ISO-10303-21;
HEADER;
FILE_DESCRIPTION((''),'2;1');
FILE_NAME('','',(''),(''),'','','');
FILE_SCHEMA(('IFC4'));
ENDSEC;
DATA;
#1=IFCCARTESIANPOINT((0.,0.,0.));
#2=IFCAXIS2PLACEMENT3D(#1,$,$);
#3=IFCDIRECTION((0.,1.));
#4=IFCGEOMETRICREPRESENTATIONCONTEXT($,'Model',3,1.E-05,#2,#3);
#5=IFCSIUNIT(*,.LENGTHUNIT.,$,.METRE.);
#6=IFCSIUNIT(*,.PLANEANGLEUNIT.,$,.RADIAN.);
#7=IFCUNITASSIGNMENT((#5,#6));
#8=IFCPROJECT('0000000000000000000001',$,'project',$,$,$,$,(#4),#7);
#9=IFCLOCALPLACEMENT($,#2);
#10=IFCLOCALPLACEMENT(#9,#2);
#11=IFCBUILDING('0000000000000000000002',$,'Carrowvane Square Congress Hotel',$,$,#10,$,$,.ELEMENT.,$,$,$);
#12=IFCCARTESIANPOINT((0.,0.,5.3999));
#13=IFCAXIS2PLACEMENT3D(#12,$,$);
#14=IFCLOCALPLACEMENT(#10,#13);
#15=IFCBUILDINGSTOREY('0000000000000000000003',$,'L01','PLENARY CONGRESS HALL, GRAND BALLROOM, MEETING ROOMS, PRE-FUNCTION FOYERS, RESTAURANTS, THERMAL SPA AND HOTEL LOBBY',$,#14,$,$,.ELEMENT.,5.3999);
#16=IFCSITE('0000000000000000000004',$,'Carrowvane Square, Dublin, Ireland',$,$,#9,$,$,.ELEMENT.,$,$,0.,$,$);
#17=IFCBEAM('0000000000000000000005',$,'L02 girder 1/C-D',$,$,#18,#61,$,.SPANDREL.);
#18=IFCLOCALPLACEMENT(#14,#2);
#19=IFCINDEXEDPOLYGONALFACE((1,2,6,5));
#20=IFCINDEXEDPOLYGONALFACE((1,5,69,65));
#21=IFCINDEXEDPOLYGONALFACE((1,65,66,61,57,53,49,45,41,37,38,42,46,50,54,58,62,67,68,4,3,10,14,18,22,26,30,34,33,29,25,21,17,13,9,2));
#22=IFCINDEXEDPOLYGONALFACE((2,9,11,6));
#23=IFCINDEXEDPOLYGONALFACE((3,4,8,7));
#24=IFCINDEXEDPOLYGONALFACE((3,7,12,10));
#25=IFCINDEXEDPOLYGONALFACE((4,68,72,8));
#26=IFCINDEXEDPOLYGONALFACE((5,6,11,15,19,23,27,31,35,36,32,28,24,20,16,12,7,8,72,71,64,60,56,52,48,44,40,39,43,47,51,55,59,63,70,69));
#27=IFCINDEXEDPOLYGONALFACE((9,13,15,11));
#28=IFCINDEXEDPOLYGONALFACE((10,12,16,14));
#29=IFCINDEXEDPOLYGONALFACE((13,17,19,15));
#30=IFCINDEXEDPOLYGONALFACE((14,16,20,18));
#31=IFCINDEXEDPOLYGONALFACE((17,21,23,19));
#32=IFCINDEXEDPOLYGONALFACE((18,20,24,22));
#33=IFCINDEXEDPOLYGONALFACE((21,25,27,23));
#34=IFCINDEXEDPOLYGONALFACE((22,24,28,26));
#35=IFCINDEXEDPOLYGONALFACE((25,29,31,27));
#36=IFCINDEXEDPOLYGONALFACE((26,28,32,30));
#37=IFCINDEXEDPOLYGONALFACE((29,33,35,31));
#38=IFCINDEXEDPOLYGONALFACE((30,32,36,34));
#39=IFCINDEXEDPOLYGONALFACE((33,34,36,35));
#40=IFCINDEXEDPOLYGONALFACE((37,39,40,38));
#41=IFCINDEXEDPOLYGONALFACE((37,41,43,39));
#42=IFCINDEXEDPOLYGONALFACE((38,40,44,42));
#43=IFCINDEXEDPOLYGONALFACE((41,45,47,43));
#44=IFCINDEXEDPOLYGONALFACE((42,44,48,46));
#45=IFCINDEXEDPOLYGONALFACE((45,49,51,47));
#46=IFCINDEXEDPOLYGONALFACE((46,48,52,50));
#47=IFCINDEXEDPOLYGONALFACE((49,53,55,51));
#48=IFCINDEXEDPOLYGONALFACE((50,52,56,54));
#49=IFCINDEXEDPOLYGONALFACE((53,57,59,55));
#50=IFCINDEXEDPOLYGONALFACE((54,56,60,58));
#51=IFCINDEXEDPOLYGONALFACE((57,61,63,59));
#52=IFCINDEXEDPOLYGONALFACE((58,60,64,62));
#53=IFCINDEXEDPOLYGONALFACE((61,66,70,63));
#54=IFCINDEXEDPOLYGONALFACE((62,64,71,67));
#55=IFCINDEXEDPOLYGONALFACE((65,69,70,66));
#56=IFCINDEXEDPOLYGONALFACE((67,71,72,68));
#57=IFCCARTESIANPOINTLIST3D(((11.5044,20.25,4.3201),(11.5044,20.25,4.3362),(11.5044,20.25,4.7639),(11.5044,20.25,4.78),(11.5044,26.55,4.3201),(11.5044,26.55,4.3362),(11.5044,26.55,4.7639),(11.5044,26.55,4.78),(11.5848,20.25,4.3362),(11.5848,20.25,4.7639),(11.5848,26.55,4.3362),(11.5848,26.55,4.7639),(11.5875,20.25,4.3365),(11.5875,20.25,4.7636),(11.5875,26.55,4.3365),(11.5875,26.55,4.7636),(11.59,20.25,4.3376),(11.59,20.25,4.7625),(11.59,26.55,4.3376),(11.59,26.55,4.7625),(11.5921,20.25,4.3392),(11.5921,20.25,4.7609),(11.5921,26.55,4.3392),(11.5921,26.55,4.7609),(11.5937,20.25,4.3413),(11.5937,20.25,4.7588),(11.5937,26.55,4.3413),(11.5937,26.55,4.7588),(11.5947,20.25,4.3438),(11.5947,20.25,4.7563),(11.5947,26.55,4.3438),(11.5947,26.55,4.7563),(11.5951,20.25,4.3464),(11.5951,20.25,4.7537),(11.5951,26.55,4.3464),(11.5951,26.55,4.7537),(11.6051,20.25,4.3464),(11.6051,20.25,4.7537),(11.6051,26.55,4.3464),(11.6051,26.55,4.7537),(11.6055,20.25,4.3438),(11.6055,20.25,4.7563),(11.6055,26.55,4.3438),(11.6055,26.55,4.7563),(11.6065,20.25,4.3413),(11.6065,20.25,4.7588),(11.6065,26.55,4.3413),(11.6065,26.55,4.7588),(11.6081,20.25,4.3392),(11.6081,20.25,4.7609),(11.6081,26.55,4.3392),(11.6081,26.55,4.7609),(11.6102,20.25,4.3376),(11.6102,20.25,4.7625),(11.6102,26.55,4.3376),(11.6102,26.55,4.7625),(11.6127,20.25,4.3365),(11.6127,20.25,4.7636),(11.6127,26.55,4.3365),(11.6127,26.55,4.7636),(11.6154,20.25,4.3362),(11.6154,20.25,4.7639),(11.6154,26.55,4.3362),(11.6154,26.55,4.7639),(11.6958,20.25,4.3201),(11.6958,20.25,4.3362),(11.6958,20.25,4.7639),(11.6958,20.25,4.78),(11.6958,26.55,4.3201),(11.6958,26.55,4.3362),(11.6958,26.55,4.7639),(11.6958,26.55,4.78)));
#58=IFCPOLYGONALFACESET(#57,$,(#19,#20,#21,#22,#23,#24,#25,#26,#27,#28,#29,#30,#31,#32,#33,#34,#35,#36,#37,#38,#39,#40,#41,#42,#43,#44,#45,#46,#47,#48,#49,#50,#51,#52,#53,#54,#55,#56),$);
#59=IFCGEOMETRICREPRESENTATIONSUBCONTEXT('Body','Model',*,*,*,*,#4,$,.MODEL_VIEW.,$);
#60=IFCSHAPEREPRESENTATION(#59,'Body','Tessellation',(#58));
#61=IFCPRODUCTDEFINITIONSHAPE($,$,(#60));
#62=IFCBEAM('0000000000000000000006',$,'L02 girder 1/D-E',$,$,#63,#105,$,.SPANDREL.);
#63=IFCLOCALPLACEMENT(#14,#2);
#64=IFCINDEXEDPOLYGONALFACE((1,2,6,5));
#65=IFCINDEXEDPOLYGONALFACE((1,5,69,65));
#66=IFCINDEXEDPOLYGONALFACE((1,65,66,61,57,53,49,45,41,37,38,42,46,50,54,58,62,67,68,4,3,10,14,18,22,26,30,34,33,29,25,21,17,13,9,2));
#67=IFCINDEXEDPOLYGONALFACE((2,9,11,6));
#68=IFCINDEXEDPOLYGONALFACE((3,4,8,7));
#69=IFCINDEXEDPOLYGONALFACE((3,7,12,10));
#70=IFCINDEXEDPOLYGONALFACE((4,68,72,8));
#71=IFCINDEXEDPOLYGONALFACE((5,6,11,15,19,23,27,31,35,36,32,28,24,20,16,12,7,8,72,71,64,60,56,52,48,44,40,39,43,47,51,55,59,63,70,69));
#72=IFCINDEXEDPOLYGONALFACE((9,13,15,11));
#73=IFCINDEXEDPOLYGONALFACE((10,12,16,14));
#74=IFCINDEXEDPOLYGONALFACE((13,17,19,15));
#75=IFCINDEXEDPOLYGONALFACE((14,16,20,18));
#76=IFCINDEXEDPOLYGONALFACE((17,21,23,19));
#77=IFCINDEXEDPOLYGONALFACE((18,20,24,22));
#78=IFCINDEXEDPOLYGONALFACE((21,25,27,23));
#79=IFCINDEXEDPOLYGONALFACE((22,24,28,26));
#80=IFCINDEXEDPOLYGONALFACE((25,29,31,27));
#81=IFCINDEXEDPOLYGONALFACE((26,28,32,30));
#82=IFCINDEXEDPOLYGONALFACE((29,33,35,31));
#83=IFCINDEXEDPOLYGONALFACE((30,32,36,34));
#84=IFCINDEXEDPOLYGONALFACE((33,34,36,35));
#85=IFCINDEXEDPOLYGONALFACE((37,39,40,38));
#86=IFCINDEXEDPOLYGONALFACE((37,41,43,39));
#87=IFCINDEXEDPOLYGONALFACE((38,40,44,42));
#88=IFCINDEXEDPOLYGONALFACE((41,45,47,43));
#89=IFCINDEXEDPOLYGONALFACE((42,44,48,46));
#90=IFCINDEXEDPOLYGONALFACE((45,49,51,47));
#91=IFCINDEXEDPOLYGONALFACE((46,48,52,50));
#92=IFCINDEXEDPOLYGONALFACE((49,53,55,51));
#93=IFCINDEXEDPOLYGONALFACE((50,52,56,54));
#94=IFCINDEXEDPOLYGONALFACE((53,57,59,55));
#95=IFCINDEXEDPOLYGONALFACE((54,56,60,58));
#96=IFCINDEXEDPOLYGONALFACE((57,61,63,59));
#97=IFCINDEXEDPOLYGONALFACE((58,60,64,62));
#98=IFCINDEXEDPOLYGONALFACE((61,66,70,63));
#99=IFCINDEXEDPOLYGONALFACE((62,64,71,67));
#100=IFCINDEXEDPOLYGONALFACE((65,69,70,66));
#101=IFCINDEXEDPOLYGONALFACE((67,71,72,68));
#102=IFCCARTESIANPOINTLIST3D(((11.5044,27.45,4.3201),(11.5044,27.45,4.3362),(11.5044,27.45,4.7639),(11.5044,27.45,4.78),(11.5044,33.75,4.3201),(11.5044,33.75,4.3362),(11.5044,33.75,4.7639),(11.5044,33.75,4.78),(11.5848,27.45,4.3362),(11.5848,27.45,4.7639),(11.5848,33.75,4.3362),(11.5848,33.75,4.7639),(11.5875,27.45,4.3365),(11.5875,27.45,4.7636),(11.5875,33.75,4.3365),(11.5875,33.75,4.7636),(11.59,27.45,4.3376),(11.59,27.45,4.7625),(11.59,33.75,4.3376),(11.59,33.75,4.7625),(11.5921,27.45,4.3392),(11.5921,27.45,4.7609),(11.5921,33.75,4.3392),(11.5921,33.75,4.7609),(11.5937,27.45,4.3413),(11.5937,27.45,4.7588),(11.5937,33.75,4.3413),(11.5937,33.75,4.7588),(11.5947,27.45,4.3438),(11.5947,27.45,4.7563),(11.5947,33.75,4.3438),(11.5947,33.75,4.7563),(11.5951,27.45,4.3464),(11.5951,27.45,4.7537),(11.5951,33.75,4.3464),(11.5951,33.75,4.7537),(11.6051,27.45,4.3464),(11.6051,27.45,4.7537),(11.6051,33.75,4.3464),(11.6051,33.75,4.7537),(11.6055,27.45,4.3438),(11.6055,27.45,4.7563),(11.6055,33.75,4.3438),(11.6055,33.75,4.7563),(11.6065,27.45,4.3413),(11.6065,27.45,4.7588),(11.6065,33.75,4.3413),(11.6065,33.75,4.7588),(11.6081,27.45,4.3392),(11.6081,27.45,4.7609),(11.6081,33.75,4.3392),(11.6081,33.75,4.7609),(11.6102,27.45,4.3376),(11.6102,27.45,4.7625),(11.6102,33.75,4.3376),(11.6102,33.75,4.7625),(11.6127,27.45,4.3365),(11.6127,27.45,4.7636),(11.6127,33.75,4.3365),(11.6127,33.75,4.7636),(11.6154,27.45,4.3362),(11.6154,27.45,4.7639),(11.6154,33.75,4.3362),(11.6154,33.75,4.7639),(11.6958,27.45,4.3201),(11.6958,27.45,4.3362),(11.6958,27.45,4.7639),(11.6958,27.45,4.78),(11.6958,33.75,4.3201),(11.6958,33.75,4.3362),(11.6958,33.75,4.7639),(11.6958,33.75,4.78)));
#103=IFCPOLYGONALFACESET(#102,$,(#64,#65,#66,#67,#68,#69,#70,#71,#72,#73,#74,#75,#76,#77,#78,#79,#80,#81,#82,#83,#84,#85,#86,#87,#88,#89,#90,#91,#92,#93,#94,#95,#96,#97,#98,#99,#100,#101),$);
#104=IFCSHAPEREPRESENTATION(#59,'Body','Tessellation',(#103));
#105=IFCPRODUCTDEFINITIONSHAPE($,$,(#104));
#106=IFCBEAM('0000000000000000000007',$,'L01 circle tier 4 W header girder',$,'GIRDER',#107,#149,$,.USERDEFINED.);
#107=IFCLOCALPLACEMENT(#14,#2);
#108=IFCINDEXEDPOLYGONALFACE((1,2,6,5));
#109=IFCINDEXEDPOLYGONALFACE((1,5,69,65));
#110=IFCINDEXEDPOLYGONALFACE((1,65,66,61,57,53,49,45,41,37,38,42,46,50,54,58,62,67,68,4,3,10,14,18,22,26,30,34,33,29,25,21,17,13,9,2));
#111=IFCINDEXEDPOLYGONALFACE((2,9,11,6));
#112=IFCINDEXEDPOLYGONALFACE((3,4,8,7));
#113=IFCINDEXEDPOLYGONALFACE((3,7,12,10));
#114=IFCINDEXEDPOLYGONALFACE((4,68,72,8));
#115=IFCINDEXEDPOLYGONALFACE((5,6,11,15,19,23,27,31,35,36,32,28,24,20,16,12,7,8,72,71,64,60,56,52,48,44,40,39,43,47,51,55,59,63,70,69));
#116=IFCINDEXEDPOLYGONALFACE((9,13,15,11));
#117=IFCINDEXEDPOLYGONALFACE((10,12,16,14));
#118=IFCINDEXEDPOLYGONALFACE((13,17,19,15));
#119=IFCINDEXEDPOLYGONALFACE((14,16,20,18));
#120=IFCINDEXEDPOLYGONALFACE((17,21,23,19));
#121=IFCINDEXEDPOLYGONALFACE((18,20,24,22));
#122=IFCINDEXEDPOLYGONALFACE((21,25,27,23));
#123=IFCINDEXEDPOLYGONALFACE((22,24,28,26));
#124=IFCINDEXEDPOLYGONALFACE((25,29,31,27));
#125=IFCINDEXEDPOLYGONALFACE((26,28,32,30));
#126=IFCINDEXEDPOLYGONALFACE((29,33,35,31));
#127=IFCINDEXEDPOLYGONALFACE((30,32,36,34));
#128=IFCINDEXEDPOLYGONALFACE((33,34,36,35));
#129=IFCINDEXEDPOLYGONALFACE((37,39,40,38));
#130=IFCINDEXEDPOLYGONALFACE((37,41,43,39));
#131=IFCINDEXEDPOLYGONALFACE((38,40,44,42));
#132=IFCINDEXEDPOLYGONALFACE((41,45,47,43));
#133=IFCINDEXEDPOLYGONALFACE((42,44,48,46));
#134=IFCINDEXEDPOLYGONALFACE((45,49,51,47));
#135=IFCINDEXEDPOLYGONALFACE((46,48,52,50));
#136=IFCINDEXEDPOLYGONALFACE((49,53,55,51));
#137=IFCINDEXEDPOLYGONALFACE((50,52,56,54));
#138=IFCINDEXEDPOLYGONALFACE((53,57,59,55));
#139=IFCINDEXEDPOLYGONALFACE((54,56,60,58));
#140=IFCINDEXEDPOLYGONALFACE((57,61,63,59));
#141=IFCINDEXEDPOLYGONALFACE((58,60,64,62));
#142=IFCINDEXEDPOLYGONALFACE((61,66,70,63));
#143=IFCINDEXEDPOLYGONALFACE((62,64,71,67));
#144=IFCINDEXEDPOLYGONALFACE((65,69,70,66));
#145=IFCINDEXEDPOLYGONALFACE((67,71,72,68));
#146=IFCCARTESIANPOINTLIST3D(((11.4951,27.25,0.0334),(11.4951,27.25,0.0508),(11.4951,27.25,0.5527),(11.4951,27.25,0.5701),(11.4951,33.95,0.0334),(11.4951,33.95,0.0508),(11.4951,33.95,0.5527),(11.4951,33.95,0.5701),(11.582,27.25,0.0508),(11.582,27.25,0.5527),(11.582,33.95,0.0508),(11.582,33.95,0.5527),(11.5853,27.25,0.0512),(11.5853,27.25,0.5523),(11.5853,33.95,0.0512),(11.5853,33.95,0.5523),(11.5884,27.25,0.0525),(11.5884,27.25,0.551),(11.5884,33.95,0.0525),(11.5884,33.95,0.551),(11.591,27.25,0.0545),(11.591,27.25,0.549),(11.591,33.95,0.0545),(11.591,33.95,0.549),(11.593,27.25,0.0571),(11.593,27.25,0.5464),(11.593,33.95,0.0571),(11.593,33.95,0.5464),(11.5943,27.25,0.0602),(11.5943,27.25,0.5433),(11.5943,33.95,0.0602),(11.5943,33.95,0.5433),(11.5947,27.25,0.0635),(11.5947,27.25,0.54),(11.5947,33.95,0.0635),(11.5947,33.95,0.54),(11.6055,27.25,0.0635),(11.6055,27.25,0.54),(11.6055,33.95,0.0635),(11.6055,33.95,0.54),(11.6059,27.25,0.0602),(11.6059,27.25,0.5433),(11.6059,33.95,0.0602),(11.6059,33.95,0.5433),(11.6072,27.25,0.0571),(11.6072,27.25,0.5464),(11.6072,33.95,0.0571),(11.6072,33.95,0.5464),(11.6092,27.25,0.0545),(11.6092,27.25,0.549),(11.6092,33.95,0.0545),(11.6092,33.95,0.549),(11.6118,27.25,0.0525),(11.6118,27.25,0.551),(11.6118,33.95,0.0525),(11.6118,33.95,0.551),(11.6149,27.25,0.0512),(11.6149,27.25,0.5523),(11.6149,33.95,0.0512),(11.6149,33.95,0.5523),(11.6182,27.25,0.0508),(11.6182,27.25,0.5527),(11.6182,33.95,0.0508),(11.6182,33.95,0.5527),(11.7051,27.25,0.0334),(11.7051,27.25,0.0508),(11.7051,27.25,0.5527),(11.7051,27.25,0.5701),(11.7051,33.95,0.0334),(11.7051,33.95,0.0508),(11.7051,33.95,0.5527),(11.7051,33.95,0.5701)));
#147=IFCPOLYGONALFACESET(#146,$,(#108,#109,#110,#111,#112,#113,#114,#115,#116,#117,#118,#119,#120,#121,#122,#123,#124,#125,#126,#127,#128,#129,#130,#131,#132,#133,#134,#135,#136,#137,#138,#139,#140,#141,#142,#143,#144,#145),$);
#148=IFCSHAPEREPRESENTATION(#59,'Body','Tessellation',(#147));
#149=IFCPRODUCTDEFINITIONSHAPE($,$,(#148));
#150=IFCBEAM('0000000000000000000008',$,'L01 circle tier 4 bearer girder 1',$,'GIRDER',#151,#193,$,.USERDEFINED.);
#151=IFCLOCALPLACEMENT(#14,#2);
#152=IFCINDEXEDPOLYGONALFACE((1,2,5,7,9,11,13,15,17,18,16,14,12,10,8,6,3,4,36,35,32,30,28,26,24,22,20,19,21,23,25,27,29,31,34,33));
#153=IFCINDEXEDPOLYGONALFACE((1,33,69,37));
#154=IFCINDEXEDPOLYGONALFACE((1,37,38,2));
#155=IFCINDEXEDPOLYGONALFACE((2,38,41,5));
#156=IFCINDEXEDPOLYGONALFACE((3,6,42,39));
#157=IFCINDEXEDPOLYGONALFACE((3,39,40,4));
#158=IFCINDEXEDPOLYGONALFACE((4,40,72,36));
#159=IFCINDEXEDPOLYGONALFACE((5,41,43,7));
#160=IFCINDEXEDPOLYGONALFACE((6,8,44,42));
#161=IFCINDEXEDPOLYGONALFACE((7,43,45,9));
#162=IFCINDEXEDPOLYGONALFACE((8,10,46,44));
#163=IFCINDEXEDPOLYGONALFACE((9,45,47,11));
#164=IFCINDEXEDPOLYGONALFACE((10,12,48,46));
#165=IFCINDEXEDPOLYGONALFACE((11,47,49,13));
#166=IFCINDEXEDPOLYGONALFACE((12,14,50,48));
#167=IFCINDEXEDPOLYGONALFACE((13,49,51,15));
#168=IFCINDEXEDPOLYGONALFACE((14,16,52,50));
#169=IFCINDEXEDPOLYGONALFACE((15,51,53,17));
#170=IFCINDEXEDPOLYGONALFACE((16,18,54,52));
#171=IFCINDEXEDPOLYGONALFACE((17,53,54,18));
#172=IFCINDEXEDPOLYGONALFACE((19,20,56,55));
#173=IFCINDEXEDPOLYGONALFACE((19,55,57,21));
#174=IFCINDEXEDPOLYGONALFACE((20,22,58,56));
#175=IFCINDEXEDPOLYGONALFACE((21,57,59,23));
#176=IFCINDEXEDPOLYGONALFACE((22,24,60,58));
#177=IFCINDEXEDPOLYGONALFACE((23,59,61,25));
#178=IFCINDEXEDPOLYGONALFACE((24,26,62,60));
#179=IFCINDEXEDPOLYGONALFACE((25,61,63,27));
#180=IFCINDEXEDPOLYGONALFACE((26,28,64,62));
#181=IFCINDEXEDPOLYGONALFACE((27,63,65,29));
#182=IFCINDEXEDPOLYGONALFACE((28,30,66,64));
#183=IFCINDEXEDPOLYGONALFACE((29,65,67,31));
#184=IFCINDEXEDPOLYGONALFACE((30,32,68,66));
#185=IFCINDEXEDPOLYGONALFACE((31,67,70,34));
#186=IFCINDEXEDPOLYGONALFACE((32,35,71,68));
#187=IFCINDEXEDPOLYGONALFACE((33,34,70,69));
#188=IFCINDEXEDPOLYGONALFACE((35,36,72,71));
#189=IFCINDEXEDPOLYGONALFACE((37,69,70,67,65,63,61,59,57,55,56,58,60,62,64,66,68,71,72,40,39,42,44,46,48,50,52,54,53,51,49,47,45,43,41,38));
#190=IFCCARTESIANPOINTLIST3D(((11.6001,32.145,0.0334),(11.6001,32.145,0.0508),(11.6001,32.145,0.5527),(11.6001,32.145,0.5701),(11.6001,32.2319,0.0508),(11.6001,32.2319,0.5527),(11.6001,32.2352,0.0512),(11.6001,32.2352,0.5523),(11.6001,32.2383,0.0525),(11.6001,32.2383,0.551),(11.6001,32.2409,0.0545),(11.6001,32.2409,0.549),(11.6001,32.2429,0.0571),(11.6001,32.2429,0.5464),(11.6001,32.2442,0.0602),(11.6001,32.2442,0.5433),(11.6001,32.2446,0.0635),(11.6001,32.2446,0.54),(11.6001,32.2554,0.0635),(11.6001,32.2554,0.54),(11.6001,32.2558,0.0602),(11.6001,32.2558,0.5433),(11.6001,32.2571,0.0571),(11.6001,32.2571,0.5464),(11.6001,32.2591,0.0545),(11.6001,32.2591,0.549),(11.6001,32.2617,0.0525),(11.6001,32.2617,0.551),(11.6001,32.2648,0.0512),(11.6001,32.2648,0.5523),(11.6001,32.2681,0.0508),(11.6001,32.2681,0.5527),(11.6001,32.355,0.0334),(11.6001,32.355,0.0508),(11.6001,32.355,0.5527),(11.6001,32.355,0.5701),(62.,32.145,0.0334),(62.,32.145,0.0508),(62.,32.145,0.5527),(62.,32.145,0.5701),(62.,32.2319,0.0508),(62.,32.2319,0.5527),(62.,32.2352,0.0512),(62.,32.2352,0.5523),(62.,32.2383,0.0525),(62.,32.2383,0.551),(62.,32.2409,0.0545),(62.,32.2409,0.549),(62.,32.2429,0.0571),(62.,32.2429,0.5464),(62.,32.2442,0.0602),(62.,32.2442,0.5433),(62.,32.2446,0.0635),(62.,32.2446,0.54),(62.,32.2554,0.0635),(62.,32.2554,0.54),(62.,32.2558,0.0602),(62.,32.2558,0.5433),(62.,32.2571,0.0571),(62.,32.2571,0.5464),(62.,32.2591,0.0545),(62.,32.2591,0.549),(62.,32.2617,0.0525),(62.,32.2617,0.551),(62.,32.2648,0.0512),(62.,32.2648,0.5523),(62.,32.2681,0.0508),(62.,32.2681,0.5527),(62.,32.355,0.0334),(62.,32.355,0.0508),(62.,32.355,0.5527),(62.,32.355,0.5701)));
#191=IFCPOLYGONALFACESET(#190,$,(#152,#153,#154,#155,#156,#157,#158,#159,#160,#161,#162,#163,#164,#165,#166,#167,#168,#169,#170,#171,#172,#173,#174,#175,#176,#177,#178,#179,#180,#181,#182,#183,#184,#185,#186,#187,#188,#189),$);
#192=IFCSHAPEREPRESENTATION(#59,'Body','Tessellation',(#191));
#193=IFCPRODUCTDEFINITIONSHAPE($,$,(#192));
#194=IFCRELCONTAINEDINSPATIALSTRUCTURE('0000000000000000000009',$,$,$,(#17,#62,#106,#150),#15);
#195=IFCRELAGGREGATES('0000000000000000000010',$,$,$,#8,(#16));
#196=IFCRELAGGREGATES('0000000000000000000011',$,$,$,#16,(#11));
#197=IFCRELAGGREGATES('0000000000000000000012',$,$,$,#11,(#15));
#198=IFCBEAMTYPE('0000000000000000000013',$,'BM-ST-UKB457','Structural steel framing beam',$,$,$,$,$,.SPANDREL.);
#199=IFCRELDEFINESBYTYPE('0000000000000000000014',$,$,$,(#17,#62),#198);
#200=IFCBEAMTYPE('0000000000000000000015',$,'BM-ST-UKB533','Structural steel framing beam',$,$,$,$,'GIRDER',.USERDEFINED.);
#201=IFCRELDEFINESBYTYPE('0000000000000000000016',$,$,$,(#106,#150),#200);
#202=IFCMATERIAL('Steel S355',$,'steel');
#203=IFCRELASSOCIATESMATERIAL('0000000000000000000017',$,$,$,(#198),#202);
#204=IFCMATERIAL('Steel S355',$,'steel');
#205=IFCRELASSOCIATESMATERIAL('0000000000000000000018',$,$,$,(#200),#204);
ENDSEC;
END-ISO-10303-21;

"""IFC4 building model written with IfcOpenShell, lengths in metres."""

from ifc_helpers import new_model, si_unit, direction, frame, origin, origin_2d, place, context, subcontext, project, spatial, i_section, extrude, material, material_profile, profile_set, type_object, element, save


model = new_model("IFC4")

# Units and contexts
model_context = context("Model", 3, precision=1e-05, world=origin(), true_north=direction((0.0, 1.0)))
body_context = subcontext(model_context, "Body", "Model", "MODEL_VIEW")
ifc_project = project(units=[si_unit("LENGTHUNIT", "METRE"), si_unit("PLANEANGLEUNIT", "RADIAN")], contexts=[model_context])

# Site, building, storey
site_placement = place(None, origin())
site = spatial("IfcSite", under=ifc_project, at=site_placement, Name="Carrowvane Square, Dublin, Ireland", CompositionType="ELEMENT", RefElevation=0.0)
building_placement = place(site_placement, origin())
building = spatial("IfcBuilding", under=site, at=building_placement, Name="Carrowvane Square Congress Hotel", CompositionType="ELEMENT")
storey_placement = place(building_placement, frame((0.0, 0.0, 5.3999)))
storey = spatial("IfcBuildingStorey", under=building, at=storey_placement, Name="L01", Description="PLENARY CONGRESS HALL, GRAND BALLROOM, MEETING ROOMS, PRE-FUNCTION FOYERS, RESTAURANTS, THERMAL SPA AND HOTEL LOBBY", CompositionType="ELEMENT", Elevation=5.3999)

# Beams
ifc_material_1 = material(Name="Steel S355", Category="steel")
ifc_material_profile_1 = material_profile(ifc_material_1, i_section(OverallWidth=0.1914, OverallDepth=0.46, WebThickness=0.01, FlangeThickness=0.0161, FilletRadius=0.0103, at=origin_2d()), Name="UKB 457x191x82")
ifc_profile_set_1 = profile_set([ifc_material_profile_1], Name="Steel S355")
beam_type_1 = type_object("IfcBeamType", Name="BM-ST-UKB457", Description="Structural steel framing beam", PredefinedType="SPANDREL", material=ifc_profile_set_1)
for number, where, z_axis, x_axis, name in (
    (1, (11.6001, 20.25, 4.55), (0.0, 1.0, 0.0), (-1.0, 0.0, 0.0), "L02 girder 1/C-D"),
    (2, (11.6001, 27.45, 4.55), (0.0, 1.0, 0.0), (-1.0, 0.0, 0.0), "L02 girder 1/D-E"),
):
    element("IfcBeam", number, at=place(storey_placement, frame(where, z_axis=z_axis, x_axis=x_axis)), inside=storey, type_object=beam_type_1, Name=name, PredefinedType="SPANDREL", context=body_context, shape_type="SweptSolid", body=[
        extrude(i_section(OverallWidth=0.1914, OverallDepth=0.46, WebThickness=0.01, FlangeThickness=0.0161, FilletRadius=0.0103, at=origin_2d()), origin(), (0.0, 0.0, 1.0), 6.3),
    ])
ifc_material_2 = material(Name="Steel S355", Category="steel")
ifc_material_profile_2 = material_profile(ifc_material_2, i_section(OverallWidth=0.21, OverallDepth=0.5366, WebThickness=0.0107, FlangeThickness=0.0173, FilletRadius=0.0127, at=origin_2d()), Name="UKB 533x210x101")
ifc_profile_set_2 = profile_set([ifc_material_profile_2], Name="Steel S355")
beam_type_2 = type_object("IfcBeamType", Name="BM-ST-UKB533", Description="Structural steel framing beam", ElementType="GIRDER", PredefinedType="USERDEFINED", material=ifc_profile_set_2)
beam_1_placement = place(storey_placement, frame((11.6001, 27.25, 0.3018), z_axis=(0.0, 1.0, 0.0), x_axis=(-1.0, 0.0, 0.0)))
element("IfcBeam", 3, at=beam_1_placement, inside=storey, type_object=beam_type_2, Name="L01 circle tier 4 W header girder", ObjectType="GIRDER", PredefinedType="USERDEFINED", context=body_context, shape_type="SweptSolid", body=[
    extrude(i_section(OverallWidth=0.21, OverallDepth=0.5366, WebThickness=0.0107, FlangeThickness=0.0173, FilletRadius=0.0127, at=origin_2d()), origin(), (0.0, 0.0, 1.0), 6.7),
])
for number, where, z_axis, x_axis, name in (
    (4, (11.6001, 32.25, 0.3018), (1.0, 0.0, 0.0), (0.0, 1.0, 0.0), "L01 circle tier 4 bearer girder 1"),
):
    element("IfcBeam", number, at=place(storey_placement, frame(where, z_axis=z_axis, x_axis=x_axis)), inside=storey, type_object=beam_type_2, Name=name, ObjectType="GIRDER", PredefinedType="USERDEFINED", context=body_context, shape_type="SweptSolid", body=[
        extrude(i_section(OverallWidth=0.21, OverallDepth=0.5366, WebThickness=0.0107, FlangeThickness=0.0173, FilletRadius=0.0127, at=origin_2d()), origin(), (0.0, 0.0, 1.0), 50.3999),
    ])

save(model, "model.ifc")
